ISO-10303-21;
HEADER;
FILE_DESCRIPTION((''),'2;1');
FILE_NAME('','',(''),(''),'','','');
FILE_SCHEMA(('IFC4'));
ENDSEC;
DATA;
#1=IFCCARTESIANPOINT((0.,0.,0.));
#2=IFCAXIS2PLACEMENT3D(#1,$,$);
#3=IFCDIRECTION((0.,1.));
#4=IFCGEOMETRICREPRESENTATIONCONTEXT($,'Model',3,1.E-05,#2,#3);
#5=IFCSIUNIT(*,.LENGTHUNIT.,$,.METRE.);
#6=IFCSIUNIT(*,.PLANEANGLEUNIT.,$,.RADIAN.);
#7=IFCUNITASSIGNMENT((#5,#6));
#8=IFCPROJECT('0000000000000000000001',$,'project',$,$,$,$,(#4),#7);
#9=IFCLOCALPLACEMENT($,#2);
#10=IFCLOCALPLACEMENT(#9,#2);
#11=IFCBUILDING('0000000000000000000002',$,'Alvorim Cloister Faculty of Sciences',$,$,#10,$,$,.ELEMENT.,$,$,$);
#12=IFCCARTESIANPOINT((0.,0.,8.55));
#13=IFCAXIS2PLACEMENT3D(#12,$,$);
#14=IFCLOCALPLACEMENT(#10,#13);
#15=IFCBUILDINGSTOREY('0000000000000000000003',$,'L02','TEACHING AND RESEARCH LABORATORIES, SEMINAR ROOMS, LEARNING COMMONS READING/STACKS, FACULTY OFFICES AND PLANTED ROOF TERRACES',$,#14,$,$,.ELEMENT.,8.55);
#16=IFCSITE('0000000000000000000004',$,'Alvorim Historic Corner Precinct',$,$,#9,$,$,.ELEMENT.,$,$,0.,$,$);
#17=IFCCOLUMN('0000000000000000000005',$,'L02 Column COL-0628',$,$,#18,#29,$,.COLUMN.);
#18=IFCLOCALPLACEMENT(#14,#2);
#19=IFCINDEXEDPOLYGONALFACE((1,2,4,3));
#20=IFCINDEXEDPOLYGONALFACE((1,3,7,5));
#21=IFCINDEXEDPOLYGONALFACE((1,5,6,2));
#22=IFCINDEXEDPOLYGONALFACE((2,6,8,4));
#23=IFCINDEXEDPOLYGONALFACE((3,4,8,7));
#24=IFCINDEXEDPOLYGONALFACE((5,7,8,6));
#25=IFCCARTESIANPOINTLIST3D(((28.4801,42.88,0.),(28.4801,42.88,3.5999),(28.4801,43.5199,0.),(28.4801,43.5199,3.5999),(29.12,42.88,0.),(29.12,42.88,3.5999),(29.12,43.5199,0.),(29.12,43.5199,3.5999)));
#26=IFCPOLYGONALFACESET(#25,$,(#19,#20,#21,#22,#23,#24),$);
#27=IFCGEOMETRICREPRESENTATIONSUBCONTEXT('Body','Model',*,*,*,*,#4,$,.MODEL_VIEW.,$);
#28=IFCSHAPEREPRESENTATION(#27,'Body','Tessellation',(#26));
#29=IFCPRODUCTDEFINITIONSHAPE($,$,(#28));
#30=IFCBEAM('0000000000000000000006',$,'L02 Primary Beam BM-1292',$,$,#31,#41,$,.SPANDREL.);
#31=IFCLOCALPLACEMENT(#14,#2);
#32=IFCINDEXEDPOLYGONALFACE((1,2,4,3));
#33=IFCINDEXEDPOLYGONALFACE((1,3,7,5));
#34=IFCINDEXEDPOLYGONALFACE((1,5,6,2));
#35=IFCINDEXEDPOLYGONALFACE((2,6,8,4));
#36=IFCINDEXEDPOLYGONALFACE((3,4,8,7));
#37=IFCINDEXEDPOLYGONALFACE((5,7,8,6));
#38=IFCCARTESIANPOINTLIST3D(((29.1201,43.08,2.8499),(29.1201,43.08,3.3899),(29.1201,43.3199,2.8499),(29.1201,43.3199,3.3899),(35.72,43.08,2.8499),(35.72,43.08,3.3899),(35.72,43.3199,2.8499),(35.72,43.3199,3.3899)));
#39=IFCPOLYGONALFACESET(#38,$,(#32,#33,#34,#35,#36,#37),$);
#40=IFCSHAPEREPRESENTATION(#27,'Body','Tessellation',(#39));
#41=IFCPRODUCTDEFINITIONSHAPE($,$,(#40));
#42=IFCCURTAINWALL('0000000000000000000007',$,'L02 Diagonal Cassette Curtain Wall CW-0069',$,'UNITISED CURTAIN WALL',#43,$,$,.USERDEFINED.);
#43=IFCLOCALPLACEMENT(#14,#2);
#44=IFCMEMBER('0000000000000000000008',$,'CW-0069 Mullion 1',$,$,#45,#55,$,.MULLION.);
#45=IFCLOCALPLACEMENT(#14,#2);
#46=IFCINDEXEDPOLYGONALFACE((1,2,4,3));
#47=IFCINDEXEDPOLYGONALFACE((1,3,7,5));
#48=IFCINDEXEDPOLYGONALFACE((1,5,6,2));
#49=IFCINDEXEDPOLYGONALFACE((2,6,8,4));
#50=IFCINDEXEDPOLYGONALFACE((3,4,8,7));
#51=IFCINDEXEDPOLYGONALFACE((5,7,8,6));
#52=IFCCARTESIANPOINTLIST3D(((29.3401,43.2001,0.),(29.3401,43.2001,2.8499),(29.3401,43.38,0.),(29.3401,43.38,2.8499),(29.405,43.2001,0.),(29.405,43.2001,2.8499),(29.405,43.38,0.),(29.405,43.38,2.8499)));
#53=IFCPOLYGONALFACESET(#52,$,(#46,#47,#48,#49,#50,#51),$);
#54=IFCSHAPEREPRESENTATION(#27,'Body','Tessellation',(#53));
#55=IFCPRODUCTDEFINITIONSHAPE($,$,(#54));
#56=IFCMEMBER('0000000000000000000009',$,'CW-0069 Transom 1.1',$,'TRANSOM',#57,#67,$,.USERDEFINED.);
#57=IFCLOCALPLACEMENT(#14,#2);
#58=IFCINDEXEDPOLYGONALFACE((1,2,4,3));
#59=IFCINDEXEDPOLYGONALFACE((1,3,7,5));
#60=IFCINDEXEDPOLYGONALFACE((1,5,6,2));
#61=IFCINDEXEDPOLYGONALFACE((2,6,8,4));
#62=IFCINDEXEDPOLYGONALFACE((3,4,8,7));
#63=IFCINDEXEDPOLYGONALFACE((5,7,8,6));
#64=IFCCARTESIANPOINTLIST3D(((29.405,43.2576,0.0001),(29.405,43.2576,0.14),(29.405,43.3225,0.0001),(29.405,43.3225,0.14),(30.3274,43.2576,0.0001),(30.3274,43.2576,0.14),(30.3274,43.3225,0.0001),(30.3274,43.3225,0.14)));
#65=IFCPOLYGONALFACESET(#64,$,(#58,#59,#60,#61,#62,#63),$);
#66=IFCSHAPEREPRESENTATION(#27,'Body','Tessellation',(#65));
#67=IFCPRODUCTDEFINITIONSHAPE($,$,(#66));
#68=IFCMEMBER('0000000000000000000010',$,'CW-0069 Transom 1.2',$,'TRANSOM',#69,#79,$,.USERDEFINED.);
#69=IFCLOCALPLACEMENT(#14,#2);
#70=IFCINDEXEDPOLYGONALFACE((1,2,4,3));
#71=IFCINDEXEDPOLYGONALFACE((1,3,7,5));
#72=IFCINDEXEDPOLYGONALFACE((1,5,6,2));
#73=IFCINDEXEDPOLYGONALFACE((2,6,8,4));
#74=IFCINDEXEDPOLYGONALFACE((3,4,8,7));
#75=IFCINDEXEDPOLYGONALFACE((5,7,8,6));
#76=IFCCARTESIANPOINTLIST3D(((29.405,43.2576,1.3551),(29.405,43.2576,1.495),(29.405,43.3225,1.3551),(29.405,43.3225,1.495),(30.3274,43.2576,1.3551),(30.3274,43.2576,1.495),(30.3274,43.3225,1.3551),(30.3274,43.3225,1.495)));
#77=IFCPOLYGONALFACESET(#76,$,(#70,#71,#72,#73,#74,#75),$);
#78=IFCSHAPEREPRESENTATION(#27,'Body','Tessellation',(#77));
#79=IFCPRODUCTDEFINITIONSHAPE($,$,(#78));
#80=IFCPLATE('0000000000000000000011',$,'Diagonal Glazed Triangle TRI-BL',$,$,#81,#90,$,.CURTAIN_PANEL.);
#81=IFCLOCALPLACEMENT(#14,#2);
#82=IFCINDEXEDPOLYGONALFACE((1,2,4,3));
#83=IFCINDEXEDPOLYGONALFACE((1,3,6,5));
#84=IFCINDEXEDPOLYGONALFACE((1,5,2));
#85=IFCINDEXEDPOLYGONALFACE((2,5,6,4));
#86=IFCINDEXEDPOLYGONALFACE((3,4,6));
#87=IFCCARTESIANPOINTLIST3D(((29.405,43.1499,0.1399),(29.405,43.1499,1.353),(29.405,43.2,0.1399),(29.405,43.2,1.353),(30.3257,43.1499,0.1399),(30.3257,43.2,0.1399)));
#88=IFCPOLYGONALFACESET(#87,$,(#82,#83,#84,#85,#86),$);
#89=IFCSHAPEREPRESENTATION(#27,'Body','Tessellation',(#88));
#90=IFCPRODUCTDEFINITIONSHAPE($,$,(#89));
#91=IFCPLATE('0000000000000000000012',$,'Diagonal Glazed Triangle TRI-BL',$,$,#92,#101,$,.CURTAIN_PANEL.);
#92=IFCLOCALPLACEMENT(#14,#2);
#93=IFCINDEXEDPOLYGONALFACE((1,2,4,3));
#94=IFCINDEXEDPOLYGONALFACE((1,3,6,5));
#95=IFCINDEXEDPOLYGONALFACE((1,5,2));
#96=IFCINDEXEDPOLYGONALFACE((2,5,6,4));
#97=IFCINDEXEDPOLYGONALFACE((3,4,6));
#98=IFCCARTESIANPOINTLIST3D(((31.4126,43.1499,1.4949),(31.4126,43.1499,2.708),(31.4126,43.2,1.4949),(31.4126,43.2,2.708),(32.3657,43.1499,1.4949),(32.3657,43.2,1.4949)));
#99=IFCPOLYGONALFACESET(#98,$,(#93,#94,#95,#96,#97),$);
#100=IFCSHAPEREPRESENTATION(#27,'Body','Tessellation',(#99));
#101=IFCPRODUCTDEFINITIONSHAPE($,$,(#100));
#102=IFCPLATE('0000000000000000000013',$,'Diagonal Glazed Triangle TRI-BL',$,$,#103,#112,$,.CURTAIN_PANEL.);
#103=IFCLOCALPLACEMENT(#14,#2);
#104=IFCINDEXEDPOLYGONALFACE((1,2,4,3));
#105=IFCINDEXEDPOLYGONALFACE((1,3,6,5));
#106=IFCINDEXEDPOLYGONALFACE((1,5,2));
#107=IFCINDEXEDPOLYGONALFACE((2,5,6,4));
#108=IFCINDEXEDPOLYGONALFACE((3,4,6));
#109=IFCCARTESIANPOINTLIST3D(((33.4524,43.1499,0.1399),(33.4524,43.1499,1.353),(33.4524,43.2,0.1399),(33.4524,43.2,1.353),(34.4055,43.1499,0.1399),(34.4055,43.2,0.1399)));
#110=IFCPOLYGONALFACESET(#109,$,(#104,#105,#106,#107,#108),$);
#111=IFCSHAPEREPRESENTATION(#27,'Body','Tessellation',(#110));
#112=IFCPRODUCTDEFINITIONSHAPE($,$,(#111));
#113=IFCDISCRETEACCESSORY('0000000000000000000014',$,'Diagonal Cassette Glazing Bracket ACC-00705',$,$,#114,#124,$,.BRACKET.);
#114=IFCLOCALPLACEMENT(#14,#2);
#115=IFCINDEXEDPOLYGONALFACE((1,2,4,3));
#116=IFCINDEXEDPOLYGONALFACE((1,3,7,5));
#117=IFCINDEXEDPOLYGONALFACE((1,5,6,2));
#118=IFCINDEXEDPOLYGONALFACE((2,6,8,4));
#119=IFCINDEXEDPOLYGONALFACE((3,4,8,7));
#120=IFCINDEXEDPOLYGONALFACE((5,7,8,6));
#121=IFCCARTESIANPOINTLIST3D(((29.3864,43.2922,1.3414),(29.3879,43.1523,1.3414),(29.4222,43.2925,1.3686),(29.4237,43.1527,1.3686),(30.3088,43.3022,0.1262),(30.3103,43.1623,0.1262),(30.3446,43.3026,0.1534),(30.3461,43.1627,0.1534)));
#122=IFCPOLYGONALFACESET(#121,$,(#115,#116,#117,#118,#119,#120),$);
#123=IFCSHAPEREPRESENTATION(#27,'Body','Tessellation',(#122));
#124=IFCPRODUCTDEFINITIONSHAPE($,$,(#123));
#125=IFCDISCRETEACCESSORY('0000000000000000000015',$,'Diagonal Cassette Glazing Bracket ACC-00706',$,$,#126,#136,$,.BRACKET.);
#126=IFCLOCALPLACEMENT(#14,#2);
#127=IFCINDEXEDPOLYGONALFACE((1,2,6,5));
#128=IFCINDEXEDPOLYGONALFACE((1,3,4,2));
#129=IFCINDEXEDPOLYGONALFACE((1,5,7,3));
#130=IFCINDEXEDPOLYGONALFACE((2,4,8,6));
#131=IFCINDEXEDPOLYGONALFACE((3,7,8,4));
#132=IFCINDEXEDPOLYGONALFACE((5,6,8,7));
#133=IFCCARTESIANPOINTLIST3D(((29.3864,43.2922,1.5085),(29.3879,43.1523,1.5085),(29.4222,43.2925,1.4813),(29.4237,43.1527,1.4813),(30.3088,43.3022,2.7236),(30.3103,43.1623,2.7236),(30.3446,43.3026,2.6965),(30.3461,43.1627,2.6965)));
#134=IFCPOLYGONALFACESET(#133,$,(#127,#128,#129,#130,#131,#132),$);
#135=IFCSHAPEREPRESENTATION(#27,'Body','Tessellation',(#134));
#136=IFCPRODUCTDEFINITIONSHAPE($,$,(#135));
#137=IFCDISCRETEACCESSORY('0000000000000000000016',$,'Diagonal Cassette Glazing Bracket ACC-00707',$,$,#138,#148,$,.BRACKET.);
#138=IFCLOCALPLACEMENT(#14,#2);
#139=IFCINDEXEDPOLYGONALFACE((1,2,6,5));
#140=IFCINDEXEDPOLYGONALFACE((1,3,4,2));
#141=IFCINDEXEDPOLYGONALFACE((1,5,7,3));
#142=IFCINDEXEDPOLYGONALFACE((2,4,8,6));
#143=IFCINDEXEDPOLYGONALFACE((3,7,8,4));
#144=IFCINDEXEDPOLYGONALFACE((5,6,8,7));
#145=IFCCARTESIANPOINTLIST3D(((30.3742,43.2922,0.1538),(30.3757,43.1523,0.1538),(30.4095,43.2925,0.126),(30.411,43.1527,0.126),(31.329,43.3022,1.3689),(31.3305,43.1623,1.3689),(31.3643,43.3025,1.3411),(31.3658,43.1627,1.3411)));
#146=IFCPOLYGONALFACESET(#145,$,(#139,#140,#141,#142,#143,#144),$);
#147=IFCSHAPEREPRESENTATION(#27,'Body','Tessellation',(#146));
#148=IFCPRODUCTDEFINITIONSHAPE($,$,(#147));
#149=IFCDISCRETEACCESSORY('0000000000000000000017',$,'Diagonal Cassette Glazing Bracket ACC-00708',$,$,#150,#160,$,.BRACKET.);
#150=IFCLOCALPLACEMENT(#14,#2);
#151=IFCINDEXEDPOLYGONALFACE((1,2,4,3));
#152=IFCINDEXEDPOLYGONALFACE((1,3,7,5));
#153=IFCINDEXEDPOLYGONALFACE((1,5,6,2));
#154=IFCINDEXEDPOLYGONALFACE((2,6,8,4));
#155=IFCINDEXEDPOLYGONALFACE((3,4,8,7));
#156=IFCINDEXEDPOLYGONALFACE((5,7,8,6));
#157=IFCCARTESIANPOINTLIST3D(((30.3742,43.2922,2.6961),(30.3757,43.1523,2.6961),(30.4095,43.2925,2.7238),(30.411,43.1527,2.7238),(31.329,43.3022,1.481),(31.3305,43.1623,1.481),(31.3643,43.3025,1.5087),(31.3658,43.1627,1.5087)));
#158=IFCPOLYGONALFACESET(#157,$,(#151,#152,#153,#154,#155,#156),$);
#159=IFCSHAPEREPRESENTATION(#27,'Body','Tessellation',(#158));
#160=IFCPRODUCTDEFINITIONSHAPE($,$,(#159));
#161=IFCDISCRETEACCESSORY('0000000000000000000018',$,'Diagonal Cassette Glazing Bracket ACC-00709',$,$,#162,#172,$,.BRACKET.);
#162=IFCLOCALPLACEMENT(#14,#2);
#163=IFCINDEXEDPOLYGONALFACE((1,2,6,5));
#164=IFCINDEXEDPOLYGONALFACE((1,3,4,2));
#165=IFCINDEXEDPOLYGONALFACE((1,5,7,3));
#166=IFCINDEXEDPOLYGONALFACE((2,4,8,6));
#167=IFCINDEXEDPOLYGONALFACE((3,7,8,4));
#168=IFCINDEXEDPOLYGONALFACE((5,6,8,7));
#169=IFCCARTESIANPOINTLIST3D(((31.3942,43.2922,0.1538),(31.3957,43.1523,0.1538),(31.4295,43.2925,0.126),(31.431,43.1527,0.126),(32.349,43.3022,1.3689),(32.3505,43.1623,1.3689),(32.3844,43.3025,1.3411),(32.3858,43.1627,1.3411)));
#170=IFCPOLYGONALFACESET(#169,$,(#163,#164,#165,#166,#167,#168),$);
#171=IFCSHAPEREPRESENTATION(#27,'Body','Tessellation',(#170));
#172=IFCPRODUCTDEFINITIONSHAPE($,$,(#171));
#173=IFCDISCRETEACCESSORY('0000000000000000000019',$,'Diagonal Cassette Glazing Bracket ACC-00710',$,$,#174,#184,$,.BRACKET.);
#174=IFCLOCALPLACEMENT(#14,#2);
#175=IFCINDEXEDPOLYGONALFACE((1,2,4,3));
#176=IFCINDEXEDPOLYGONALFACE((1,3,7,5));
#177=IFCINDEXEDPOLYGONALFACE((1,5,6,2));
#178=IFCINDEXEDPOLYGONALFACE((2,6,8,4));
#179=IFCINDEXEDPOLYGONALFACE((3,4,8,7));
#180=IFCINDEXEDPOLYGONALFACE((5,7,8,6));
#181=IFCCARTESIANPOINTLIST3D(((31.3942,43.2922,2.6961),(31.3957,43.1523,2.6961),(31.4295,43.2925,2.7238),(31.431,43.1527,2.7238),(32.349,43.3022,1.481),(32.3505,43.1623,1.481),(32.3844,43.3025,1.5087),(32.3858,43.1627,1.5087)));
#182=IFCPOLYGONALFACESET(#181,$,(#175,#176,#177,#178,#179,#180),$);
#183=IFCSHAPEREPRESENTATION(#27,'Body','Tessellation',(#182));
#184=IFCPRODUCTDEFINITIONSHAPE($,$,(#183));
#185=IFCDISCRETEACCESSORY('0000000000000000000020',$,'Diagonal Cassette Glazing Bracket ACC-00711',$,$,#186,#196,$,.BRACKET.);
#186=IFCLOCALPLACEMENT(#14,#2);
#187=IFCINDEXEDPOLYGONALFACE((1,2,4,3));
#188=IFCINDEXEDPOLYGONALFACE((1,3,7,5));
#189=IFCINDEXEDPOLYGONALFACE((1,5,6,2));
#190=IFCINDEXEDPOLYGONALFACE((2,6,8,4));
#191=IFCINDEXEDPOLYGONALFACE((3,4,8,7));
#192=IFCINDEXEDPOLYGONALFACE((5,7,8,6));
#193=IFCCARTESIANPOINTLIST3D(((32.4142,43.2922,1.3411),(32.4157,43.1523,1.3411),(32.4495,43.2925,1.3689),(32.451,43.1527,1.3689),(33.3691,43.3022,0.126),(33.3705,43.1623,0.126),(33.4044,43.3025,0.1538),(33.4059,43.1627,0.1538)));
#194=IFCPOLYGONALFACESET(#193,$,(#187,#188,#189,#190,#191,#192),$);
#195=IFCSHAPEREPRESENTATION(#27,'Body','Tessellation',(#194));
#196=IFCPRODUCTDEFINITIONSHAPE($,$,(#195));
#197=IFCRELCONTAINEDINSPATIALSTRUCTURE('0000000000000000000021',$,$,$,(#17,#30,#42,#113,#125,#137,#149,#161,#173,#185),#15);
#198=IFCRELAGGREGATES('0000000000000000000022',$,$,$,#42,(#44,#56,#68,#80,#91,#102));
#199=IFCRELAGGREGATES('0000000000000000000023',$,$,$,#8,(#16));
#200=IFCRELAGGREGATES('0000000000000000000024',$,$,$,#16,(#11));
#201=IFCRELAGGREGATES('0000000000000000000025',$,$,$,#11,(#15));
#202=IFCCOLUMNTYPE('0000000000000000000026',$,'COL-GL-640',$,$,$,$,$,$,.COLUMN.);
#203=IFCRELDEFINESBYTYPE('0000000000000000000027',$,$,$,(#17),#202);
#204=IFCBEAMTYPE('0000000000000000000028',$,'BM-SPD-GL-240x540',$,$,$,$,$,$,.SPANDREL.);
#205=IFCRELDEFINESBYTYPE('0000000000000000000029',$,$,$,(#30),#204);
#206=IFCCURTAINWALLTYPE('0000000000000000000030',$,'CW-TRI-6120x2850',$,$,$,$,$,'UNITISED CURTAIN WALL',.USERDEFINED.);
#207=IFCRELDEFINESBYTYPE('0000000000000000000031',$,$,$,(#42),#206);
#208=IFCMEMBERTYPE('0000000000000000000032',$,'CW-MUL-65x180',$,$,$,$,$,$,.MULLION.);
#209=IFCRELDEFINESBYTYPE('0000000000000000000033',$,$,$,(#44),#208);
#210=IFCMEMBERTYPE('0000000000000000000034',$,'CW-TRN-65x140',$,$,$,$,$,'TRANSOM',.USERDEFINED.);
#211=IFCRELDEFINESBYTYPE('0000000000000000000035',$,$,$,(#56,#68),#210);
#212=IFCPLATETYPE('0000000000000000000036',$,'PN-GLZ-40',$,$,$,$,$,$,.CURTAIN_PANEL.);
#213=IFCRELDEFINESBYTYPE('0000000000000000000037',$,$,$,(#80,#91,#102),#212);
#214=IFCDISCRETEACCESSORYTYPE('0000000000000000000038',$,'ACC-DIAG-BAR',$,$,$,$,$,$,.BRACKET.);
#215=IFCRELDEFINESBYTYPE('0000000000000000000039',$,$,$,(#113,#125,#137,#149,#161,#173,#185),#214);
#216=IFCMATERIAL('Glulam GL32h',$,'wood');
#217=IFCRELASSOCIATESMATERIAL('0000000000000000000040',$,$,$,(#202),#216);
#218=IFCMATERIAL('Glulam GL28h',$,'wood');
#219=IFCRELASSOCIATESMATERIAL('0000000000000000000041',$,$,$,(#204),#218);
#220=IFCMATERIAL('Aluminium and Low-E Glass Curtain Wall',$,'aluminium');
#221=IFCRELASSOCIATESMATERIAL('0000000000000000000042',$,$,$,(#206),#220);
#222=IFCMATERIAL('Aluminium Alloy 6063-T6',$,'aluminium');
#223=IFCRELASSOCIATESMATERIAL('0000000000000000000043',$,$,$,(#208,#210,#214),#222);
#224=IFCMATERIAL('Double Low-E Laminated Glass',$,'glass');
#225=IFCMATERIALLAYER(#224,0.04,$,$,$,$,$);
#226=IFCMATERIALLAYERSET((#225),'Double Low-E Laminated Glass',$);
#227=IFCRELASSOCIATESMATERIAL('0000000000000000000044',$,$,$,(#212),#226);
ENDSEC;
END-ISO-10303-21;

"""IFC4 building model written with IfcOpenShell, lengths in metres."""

from ifc_helpers import new_model, si_unit, direction, frame, origin, origin_2d, place, context, subcontext, project, spatial, polyline, rectangle, outline, extrude, material, layer, layer_set, material_profile, profile_set, type_object, element, aggregate, save


model = new_model("IFC4")

# Units and contexts
model_context = context("Model", 3, precision=1e-05, world=origin(), true_north=direction((0.0, 1.0)))
body_context = subcontext(model_context, "Body", "Model", "MODEL_VIEW")
ifc_project = project(units=[si_unit("LENGTHUNIT", "METRE"), si_unit("PLANEANGLEUNIT", "RADIAN")], contexts=[model_context])

# Site, building, storey
site_placement = place(None, origin())
site = spatial("IfcSite", under=ifc_project, at=site_placement, Name="Alvorim Historic Corner Precinct", CompositionType="ELEMENT", RefElevation=0.0)
building_placement = place(site_placement, origin())
building = spatial("IfcBuilding", under=site, at=building_placement, Name="Alvorim Cloister Faculty of Sciences", CompositionType="ELEMENT")
storey_placement = place(building_placement, frame((0.0, 0.0, 8.55)))
storey = spatial("IfcBuildingStorey", under=building, at=storey_placement, Name="L02", Description="TEACHING AND RESEARCH LABORATORIES, SEMINAR ROOMS, LEARNING COMMONS READING/STACKS, FACULTY OFFICES AND PLANTED ROOF TERRACES", CompositionType="ELEMENT", Elevation=8.55)

# Column
ifc_material_1 = material(Name="Glulam GL32h", Category="wood")
ifc_material_profile_1 = material_profile(ifc_material_1, rectangle(XDim=0.6399, YDim=0.6399, at=origin_2d()), Name="GL32-COL-640x640")
ifc_profile_set_1 = profile_set([ifc_material_profile_1], Name="Glulam GL32h")
column_type = type_object("IfcColumnType", Name="COL-GL-640", PredefinedType="COLUMN", material=ifc_profile_set_1)
column_placement = place(storey_placement, frame((28.8, 43.2, 0.0), z_axis=(0.0, 0.0, 1.0), x_axis=(1.0, 0.0, 0.0)))
element("IfcColumn", 1, at=column_placement, inside=storey, type_object=column_type, Name="L02 Column COL-0628", PredefinedType="COLUMN", context=body_context, shape_type="SweptSolid", body=[
    extrude(rectangle(XDim=0.6399, YDim=0.6399, at=origin_2d()), origin(), (0.0, 0.0, 1.0), 3.5999),
])

# Beam
ifc_material_2 = material(Name="Glulam GL28h", Category="wood")
ifc_material_profile_2 = material_profile(ifc_material_2, rectangle(XDim=0.24, YDim=0.54, at=origin_2d()), Name="GL28-SPD-240x540")
ifc_profile_set_2 = profile_set([ifc_material_profile_2], Name="Glulam GL28h")
beam_type = type_object("IfcBeamType", Name="BM-SPD-GL-240x540", PredefinedType="SPANDREL", material=ifc_profile_set_2)
beam_placement = place(storey_placement, frame((29.1201, 43.2, 3.1199), z_axis=(1.0, 0.0, 0.0), x_axis=(0.0, 1.0, 0.0)))
element("IfcBeam", 2, at=beam_placement, inside=storey, type_object=beam_type, Name="L02 Primary Beam BM-1292", PredefinedType="SPANDREL", context=body_context, shape_type="SweptSolid", body=[
    extrude(rectangle(XDim=0.24, YDim=0.54, at=origin_2d()), origin(), (0.0, 0.0, 1.0), 6.5999),
])

# Curtain wall, members, plates
ifc_material_3 = material(Name="Aluminium and Low-E Glass Curtain Wall", Category="aluminium")
curtain_wall_type = type_object("IfcCurtainWallType", Name="CW-TRI-6120x2850", ElementType="UNITISED CURTAIN WALL", PredefinedType="USERDEFINED", material=ifc_material_3)
curtain_wall_placement = place(storey_placement, origin())
curtain_wall = element("IfcCurtainWall", 3, at=curtain_wall_placement, inside=storey, type_object=curtain_wall_type, Name="L02 Diagonal Cassette Curtain Wall CW-0069", ObjectType="UNITISED CURTAIN WALL", PredefinedType="USERDEFINED")
ifc_material_4 = material(Name="Aluminium Alloy 6063-T6", Category="aluminium")
ifc_material_profile_3 = material_profile(ifc_material_4, rectangle(XDim=0.0649, YDim=0.1799, at=origin_2d()), Name="ALU-MUL-65x180")
ifc_profile_set_3 = profile_set([ifc_material_profile_3], Name="Aluminium Alloy 6063-T6")
member_type_1 = type_object("IfcMemberType", Name="CW-MUL-65x180", PredefinedType="MULLION", material=ifc_profile_set_3)
member_1_placement = place(storey_placement, frame((29.3726, 43.29, 0.0), z_axis=(0.0, 0.0, 1.0), x_axis=(1.0, 0.0, 0.0)))
member_1 = element("IfcMember", 4, at=member_1_placement, type_object=member_type_1, Name="CW-0069 Mullion 1", PredefinedType="MULLION", context=body_context, shape_type="SweptSolid", body=[
    extrude(rectangle(XDim=0.0649, YDim=0.1799, at=origin_2d()), origin(), (0.0, 0.0, 1.0), 2.8499),
])
ifc_material_profile_4 = material_profile(ifc_material_4, rectangle(XDim=0.0649, YDim=0.1399, at=origin_2d()), Name="ALU-TRN-65x140")
ifc_profile_set_4 = profile_set([ifc_material_profile_4], Name="Aluminium Alloy 6063-T6")
member_type_2 = type_object("IfcMemberType", Name="CW-TRN-65x140", ElementType="TRANSOM", PredefinedType="USERDEFINED", material=ifc_profile_set_4)
member_2_placement = place(storey_placement, frame((29.405, 43.29, 0.0701), z_axis=(1.0, 0.0, 0.0), x_axis=(0.0, 1.0, 0.0)))
member_2 = element("IfcMember", 5, at=member_2_placement, type_object=member_type_2, Name="CW-0069 Transom 1.1", ObjectType="TRANSOM", PredefinedType="USERDEFINED", context=body_context, shape_type="SweptSolid", body=[
    extrude(rectangle(XDim=0.0649, YDim=0.1399, at=origin_2d()), origin(), (0.0, 0.0, 1.0), 0.9224),
])
member_3_placement = place(storey_placement, frame((29.405, 43.29, 1.425), z_axis=(1.0, 0.0, 0.0), x_axis=(0.0, 1.0, 0.0)))
member_3 = element("IfcMember", 6, at=member_3_placement, type_object=member_type_2, Name="CW-0069 Transom 1.2", ObjectType="TRANSOM", PredefinedType="USERDEFINED", context=body_context, shape_type="SweptSolid", body=[
    extrude(rectangle(XDim=0.0649, YDim=0.1399, at=origin_2d()), origin(), (0.0, 0.0, 1.0), 0.9224),
])
ifc_material_5 = material(Name="Double Low-E Laminated Glass", Category="glass")
ifc_layer = layer(ifc_material_5, 0.04)
ifc_layer_set = layer_set([ifc_layer], Name="Double Low-E Laminated Glass")
plate_type = type_object("IfcPlateType", Name="PN-GLZ-40", PredefinedType="CURTAIN_PANEL", material=ifc_layer_set)
plate_1_placement = place(storey_placement, frame((29.405, 43.175, 0.1399), z_axis=(0.0, 0.0, 1.0), x_axis=(1.0, 0.0, 0.0)))
plate_1 = element("IfcPlate", 7, at=plate_1_placement, type_object=plate_type, Name="Diagonal Glazed Triangle TRI-BL", PredefinedType="CURTAIN_PANEL", context=body_context, shape_type="SweptSolid", body=[
    extrude(outline(polyline([(0.0, 0.0), (0.9207, 0.0), (0.0, 1.2131), (0.0, 0.0)])), frame((0.0, 0.0249, 0.0), z_axis=(0.0, -1.0, 0.0), x_axis=(1.0, 0.0, 0.0)), (0.0, 0.0, 1.0), 0.05),
])
plate_2_placement = place(storey_placement, frame((31.4126, 43.175, 1.4949), z_axis=(0.0, 0.0, 1.0), x_axis=(1.0, 0.0, 0.0)))
plate_2 = element("IfcPlate", 8, at=plate_2_placement, type_object=plate_type, Name="Diagonal Glazed Triangle TRI-BL", PredefinedType="CURTAIN_PANEL", context=body_context, shape_type="SweptSolid", body=[
    extrude(outline(polyline([(0.0, 0.0), (0.9531, 0.0), (0.0, 1.2131), (0.0, 0.0)])), frame((0.0, 0.0249, 0.0), z_axis=(0.0, -1.0, 0.0), x_axis=(1.0, 0.0, 0.0)), (0.0, 0.0, 1.0), 0.05),
])
plate_3_placement = place(storey_placement, frame((33.4524, 43.175, 0.1399), z_axis=(0.0, 0.0, 1.0), x_axis=(1.0, 0.0, 0.0)))
plate_3 = element("IfcPlate", 9, at=plate_3_placement, type_object=plate_type, Name="Diagonal Glazed Triangle TRI-BL", PredefinedType="CURTAIN_PANEL", context=body_context, shape_type="SweptSolid", body=[
    extrude(outline(polyline([(0.0, 0.0), (0.9531, 0.0), (0.0, 1.2131), (0.0, 0.0)])), frame((0.0, 0.0249, 0.0), z_axis=(0.0, -1.0, 0.0), x_axis=(1.0, 0.0, 0.0)), (0.0, 0.0, 1.0), 0.05),
])
aggregate(curtain_wall, [member_1, member_2, member_3, plate_1, plate_2, plate_3])

# Discrete accessories
discrete_accessory_type = type_object("IfcDiscreteAccessoryType", Name="ACC-DIAG-BAR", PredefinedType="BRACKET", material=ifc_material_4)
for number, where, z_axis, x_axis, name in (
    (10, (29.405, 43.2224, 1.355), (0.604612, 0.006561, -0.796493), (-0.010852, 0.999941, 0.0), "Diagonal Cassette Glazing Bracket ACC-00705"),
    (11, (29.405, 43.2224, 1.4949), (0.604612, 0.006561, 0.796493), (-0.010852, 0.999941, 0.0), "Diagonal Cassette Glazing Bracket ACC-00706"),
):
    element("IfcDiscreteAccessory", number, at=place(storey_placement, frame(where, z_axis=z_axis, x_axis=x_axis)), inside=storey, type_object=discrete_accessory_type, Name=name, PredefinedType="BRACKET", context=body_context, shape_type="SweptSolid", body=[
        extrude(rectangle(XDim=0.1399, YDim=0.0449, at=origin_2d()), origin(), (0.0, 0.0, 1.0), 1.5256),
    ])
for number, where, z_axis, x_axis, name in (
    (12, (30.3926, 43.2224, 0.1399), (0.617857, 0.006477, 0.786263), (-0.010483, 0.999945, 0.0), "Diagonal Cassette Glazing Bracket ACC-00707"),
    (13, (30.3926, 43.2224, 2.71), (0.617857, 0.006477, -0.786263), (-0.010483, 0.999945, 0.0), "Diagonal Cassette Glazing Bracket ACC-00708"),
    (14, (31.4126, 43.2224, 0.1399), (0.617857, 0.006477, 0.786263), (-0.010483, 0.999945, 0.0), "Diagonal Cassette Glazing Bracket ACC-00709"),
    (15, (31.4126, 43.2224, 2.71), (0.617857, 0.006477, -0.786263), (-0.010483, 0.999945, 0.0), "Diagonal Cassette Glazing Bracket ACC-00710"),
    (16, (32.4326, 43.2224, 1.355), (0.617857, 0.006477, -0.786263), (-0.010483, 0.999945, 0.0), "Diagonal Cassette Glazing Bracket ACC-00711"),
):
    element("IfcDiscreteAccessory", number, at=place(storey_placement, frame(where, z_axis=z_axis, x_axis=x_axis)), inside=storey, type_object=discrete_accessory_type, Name=name, PredefinedType="BRACKET", context=body_context, shape_type="SweptSolid", body=[
        extrude(rectangle(XDim=0.1399, YDim=0.0449, at=origin_2d()), origin(), (0.0, 0.0, 1.0), 1.5454),
    ])

save(model, "model.ifc")
